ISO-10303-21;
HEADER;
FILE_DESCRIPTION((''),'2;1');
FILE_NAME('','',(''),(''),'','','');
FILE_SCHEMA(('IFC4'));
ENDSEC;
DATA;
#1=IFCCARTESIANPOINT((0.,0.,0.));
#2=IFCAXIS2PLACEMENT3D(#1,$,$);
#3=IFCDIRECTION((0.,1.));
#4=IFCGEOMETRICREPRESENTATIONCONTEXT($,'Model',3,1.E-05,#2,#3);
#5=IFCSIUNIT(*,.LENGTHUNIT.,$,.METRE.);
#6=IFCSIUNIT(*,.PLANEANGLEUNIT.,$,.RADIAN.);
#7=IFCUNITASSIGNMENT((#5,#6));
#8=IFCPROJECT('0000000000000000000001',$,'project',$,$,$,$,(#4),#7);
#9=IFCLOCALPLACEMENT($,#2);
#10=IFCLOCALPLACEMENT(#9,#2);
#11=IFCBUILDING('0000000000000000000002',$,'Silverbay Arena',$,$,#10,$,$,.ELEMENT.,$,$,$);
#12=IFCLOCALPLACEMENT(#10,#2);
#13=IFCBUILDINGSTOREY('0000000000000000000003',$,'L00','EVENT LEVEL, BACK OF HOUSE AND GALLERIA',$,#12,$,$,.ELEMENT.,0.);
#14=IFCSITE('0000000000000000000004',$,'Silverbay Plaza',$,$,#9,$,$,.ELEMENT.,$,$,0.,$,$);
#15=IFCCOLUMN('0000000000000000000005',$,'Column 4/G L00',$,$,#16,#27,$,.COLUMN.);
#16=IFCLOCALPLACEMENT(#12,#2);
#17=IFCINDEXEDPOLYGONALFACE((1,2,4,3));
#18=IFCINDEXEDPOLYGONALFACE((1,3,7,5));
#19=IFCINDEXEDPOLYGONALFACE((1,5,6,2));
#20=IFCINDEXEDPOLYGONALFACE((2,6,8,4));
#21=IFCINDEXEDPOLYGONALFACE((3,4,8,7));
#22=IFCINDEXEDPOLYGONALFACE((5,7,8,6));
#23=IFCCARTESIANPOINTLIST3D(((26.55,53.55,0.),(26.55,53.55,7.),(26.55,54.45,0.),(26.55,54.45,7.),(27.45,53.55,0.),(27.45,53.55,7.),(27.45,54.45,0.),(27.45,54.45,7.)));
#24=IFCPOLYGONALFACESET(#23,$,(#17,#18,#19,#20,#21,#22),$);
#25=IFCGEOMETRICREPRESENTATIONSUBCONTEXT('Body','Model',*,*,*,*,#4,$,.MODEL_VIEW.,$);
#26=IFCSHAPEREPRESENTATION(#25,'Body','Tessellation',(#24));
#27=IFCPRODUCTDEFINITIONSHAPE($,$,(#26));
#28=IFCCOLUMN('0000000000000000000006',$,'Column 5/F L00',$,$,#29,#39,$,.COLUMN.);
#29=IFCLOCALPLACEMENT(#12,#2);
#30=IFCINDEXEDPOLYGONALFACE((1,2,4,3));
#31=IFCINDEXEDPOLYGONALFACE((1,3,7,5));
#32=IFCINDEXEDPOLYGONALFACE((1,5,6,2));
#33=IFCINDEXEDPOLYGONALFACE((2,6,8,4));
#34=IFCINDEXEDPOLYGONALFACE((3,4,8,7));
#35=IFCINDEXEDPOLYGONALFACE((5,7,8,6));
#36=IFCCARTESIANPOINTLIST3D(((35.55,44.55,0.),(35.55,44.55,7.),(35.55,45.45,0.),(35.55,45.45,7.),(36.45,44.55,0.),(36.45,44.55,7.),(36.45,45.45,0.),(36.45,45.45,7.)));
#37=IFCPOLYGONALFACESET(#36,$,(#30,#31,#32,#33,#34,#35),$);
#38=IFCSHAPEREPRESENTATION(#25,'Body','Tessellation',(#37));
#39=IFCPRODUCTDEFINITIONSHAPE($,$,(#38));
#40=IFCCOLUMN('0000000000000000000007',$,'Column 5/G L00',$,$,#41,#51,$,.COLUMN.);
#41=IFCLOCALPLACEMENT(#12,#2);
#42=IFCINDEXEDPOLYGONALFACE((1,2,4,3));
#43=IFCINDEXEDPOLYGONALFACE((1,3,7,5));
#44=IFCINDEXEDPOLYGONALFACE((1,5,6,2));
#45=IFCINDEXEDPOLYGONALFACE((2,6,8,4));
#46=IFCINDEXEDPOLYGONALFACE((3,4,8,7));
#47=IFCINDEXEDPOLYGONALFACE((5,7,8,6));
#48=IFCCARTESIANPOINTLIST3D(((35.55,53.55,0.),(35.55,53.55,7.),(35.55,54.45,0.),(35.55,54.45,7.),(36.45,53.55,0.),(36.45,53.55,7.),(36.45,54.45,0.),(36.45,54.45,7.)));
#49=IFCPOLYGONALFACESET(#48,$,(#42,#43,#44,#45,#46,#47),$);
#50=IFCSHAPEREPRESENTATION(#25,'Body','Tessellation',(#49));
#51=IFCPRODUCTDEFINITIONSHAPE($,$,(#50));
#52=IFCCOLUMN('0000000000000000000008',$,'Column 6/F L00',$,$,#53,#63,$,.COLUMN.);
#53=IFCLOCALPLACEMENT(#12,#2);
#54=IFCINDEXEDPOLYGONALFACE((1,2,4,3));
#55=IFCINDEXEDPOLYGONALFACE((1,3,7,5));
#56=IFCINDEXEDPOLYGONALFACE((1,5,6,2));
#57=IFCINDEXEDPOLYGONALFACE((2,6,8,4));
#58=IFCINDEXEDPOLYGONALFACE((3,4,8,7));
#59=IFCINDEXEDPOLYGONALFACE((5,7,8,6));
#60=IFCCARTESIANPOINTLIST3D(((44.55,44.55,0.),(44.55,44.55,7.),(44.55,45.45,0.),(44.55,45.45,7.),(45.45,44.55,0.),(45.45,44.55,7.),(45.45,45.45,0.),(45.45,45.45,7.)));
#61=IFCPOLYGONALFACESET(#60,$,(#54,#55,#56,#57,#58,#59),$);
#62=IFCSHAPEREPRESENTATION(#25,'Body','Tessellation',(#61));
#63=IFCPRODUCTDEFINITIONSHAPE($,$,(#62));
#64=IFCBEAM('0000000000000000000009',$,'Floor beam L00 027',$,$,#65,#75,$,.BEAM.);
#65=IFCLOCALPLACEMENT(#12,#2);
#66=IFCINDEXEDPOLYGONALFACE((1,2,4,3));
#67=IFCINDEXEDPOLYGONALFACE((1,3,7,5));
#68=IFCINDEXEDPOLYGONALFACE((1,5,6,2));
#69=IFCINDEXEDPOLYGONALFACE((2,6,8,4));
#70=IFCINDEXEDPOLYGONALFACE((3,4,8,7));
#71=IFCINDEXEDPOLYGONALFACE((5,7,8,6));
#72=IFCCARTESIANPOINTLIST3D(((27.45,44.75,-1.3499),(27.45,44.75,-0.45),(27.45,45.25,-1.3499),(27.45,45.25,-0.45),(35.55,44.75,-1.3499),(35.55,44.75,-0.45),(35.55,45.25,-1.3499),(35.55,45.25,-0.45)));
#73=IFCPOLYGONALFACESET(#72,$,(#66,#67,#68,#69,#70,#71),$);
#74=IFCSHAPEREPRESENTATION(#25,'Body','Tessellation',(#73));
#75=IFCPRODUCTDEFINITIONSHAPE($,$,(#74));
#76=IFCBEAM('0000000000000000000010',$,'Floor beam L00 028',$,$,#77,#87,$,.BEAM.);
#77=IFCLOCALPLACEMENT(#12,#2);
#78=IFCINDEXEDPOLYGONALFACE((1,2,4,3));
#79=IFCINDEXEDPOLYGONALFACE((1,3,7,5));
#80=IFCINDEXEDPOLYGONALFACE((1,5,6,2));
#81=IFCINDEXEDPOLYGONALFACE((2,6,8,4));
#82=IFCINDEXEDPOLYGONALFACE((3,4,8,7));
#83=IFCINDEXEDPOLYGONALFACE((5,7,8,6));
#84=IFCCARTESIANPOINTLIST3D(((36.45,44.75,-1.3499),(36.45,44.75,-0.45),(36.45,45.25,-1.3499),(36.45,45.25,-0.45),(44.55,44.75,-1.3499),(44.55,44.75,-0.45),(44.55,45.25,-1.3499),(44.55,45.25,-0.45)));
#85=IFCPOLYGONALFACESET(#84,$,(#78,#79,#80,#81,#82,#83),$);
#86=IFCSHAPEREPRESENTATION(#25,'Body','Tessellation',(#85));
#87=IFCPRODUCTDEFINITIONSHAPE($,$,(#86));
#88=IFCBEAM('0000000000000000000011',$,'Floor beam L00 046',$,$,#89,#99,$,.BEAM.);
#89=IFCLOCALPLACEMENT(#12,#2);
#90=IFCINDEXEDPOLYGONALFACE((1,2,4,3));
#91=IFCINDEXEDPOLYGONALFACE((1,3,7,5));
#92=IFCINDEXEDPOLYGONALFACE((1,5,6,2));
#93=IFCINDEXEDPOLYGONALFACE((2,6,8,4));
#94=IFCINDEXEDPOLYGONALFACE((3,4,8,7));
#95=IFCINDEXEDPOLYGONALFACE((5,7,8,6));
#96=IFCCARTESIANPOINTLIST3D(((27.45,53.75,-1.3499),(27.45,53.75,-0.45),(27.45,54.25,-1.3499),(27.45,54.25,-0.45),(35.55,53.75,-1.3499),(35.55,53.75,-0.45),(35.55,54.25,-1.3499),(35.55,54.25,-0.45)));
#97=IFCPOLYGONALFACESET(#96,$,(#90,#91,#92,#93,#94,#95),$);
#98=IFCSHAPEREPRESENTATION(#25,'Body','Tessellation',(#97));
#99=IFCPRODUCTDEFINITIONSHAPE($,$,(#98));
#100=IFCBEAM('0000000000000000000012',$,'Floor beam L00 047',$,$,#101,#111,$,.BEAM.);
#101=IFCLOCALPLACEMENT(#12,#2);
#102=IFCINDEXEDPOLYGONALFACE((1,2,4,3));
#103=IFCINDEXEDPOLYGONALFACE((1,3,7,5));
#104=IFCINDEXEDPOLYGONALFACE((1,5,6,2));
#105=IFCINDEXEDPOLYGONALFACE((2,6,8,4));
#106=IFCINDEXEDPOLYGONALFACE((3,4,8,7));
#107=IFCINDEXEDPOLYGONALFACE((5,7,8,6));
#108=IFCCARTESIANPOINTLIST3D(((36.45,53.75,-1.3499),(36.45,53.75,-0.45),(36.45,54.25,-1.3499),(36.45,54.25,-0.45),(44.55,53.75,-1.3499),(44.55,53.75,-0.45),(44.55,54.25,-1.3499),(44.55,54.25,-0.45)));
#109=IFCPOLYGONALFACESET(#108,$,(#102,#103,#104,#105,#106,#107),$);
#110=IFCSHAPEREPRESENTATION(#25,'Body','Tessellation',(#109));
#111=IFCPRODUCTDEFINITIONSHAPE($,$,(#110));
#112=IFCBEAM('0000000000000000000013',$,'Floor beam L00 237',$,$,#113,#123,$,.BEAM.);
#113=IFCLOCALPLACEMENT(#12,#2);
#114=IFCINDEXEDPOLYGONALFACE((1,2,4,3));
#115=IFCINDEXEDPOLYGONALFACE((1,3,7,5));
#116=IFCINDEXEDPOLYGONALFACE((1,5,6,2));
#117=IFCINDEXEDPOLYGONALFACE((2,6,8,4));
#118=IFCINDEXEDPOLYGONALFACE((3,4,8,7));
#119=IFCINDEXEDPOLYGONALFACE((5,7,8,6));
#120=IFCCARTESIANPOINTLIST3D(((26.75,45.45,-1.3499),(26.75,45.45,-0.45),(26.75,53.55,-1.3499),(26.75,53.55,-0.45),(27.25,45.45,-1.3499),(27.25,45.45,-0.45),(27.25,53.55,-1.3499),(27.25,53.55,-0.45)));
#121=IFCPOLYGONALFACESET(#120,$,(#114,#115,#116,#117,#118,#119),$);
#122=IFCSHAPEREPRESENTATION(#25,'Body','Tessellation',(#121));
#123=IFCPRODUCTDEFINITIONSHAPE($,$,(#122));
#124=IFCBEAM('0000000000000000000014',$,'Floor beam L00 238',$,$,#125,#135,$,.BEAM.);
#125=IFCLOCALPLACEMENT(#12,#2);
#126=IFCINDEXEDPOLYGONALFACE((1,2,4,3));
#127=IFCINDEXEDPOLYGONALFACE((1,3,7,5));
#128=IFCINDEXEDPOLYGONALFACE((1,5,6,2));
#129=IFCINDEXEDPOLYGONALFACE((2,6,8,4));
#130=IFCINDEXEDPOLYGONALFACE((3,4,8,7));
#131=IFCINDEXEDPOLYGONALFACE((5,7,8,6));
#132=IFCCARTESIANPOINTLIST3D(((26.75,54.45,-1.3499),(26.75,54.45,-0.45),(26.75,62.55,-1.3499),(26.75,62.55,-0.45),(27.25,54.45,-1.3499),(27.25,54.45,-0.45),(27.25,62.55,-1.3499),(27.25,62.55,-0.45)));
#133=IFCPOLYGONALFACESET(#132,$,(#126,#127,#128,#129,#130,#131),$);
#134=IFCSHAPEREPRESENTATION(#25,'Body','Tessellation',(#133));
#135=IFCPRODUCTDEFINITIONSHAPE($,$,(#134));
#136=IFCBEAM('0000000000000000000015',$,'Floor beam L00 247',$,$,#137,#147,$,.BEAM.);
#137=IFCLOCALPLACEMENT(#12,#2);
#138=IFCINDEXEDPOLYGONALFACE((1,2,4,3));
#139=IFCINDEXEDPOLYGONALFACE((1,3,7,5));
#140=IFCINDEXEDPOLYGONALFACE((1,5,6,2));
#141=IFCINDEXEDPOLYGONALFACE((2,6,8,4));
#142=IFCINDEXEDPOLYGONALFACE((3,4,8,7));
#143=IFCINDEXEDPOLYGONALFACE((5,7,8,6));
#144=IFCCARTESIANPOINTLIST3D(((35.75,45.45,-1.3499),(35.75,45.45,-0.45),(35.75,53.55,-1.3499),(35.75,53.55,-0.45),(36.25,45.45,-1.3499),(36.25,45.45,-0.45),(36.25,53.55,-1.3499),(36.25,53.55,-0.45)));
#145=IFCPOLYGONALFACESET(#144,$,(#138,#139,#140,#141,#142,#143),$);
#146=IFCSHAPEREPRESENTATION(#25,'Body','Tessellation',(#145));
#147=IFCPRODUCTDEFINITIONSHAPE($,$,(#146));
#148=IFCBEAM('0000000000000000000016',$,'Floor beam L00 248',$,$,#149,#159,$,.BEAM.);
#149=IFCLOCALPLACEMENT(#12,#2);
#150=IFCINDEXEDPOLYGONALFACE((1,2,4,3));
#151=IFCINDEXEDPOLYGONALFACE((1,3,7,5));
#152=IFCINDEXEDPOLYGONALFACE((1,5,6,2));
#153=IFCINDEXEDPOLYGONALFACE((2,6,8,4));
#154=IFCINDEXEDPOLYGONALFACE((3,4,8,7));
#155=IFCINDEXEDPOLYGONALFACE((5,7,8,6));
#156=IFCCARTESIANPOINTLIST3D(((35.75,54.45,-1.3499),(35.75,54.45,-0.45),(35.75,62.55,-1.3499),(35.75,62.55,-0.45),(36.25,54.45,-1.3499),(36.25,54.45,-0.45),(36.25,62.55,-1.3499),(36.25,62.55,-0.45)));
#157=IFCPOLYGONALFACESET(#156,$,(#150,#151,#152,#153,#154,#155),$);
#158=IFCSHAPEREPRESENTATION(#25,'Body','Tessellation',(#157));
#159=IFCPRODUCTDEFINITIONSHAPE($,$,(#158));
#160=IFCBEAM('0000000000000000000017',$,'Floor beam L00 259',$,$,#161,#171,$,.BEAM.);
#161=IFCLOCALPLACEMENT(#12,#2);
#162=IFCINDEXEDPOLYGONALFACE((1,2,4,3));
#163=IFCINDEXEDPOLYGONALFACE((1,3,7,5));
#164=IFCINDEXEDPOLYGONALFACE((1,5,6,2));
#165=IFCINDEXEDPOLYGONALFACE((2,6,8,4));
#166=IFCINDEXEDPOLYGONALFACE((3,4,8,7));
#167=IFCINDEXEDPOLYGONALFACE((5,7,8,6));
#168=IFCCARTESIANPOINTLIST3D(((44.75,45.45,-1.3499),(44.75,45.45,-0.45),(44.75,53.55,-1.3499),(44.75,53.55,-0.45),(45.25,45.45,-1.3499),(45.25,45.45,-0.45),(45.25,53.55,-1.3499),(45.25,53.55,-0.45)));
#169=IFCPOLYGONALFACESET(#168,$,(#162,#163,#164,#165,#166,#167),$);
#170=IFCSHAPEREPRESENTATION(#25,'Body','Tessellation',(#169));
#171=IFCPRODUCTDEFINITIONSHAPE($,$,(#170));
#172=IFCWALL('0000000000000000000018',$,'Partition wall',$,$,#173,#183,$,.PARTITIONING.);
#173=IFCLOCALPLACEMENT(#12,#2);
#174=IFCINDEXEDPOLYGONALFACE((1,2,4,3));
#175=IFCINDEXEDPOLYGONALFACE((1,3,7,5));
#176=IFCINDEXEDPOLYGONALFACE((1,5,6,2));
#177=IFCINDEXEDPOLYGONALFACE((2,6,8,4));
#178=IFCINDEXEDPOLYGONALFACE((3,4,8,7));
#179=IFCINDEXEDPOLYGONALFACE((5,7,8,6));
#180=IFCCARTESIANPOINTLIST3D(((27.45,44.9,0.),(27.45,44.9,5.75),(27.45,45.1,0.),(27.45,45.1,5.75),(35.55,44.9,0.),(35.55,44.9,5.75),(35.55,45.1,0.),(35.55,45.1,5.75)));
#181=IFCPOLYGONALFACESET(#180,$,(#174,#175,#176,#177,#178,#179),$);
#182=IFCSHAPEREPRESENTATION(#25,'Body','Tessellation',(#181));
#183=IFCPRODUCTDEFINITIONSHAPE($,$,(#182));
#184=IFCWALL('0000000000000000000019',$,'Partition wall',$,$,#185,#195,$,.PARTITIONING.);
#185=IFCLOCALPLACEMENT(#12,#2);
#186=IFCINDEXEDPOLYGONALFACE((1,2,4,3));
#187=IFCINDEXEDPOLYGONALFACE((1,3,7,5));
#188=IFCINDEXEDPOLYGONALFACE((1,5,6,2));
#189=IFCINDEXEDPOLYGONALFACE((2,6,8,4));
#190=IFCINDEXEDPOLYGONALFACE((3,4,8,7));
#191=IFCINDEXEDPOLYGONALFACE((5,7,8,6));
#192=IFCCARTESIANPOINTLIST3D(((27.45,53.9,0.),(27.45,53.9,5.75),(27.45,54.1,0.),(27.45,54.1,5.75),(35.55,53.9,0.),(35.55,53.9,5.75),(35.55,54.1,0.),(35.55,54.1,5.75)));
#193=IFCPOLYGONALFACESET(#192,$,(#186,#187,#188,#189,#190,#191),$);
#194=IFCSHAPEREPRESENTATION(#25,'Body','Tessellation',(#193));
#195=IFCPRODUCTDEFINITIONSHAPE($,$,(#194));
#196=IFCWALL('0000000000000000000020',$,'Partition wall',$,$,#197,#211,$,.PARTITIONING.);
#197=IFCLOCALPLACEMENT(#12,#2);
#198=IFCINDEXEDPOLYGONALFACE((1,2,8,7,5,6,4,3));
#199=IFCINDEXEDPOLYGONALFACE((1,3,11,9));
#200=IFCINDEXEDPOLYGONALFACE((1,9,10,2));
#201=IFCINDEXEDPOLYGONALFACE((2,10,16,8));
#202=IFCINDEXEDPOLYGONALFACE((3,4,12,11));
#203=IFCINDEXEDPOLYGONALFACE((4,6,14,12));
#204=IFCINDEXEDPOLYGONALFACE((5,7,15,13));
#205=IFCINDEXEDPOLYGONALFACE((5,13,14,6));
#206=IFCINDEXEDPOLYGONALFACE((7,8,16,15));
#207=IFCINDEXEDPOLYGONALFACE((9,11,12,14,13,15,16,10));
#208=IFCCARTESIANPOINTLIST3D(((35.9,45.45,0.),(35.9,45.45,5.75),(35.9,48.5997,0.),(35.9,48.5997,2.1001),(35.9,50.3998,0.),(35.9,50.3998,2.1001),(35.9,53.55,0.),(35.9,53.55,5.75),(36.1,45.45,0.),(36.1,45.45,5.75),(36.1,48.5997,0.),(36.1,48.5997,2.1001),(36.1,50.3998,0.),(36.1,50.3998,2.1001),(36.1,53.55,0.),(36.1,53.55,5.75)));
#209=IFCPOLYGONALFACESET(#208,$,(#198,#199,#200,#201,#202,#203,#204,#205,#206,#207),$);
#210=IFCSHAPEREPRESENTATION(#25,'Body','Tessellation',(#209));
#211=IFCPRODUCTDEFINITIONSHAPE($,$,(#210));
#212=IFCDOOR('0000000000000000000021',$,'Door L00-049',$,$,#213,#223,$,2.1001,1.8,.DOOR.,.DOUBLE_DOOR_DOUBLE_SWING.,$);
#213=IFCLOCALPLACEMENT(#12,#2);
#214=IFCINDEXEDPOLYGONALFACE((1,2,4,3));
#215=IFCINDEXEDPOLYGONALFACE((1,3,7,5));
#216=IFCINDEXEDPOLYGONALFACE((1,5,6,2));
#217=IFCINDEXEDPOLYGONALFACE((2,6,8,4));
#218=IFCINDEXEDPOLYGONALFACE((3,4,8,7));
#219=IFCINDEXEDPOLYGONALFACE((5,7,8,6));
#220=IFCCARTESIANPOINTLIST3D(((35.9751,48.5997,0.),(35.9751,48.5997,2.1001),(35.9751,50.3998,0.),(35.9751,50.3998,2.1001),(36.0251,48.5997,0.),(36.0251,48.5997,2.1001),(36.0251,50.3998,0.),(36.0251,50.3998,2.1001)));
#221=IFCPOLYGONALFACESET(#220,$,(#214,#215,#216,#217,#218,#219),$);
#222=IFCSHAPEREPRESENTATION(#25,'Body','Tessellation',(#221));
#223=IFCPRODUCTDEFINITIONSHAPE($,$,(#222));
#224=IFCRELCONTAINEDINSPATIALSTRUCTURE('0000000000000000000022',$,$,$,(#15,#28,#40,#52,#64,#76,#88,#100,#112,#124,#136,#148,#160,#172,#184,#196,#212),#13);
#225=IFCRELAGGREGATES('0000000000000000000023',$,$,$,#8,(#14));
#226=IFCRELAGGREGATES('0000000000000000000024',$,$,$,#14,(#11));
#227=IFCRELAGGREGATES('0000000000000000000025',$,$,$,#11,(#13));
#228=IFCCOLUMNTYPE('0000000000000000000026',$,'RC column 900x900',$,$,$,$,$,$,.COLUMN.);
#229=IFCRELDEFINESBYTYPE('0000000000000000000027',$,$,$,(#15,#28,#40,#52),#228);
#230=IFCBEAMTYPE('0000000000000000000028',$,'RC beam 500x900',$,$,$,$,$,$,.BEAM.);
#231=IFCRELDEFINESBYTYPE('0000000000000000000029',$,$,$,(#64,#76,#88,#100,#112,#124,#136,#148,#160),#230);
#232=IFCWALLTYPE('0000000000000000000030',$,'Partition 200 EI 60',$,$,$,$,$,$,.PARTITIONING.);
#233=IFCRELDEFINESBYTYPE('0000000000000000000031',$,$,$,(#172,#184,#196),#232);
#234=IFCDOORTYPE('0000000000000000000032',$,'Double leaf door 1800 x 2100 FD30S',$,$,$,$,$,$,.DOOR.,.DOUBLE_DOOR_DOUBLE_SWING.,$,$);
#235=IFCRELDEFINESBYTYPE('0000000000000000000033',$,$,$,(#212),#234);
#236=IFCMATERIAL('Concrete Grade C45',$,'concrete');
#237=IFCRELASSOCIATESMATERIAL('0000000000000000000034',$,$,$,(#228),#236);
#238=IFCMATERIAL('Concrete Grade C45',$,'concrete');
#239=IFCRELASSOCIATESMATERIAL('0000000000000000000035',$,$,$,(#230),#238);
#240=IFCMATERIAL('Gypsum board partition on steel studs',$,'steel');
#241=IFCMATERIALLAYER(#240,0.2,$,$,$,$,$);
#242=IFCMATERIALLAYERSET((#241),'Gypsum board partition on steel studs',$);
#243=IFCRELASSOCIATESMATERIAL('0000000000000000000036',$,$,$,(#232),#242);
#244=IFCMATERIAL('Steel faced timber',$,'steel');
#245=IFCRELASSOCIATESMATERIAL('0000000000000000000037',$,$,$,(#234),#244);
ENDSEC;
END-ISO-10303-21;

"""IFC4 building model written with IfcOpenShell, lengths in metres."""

from ifc_helpers import new_model, si_unit, direction, frame, frame_2d, origin, origin_2d, place, context, subcontext, project, spatial, rectangle, extrude, material, layer, layer_set, material_profile, profile_set, type_object, element, fill, save


model = new_model("IFC4")

# Units and contexts
model_context = context("Model", 3, precision=1e-05, world=origin(), true_north=direction((0.0, 1.0)))
body_context = subcontext(model_context, "Body", "Model", "MODEL_VIEW")
ifc_project = project(units=[si_unit("LENGTHUNIT", "METRE"), si_unit("PLANEANGLEUNIT", "RADIAN")], contexts=[model_context])

# Site, building, storey
site_placement = place(None, origin())
site = spatial("IfcSite", under=ifc_project, at=site_placement, Name="Silverbay Plaza", CompositionType="ELEMENT", RefElevation=0.0)
building_placement = place(site_placement, origin())
building = spatial("IfcBuilding", under=site, at=building_placement, Name="Silverbay Arena", CompositionType="ELEMENT")
storey_placement = place(building_placement, origin())
storey = spatial("IfcBuildingStorey", under=building, at=storey_placement, Name="L00", Description="EVENT LEVEL, BACK OF HOUSE AND GALLERIA", CompositionType="ELEMENT", Elevation=0.0)

# Columns
ifc_material_1 = material(Name="Concrete Grade C45", Category="concrete")
ifc_material_profile_1 = material_profile(ifc_material_1, rectangle(XDim=0.8999, YDim=0.8999, at=origin_2d()), Name="RC 900x900")
ifc_profile_set_1 = profile_set([ifc_material_profile_1], Name="Concrete Grade C45")
column_type = type_object("IfcColumnType", Name="RC column 900x900", PredefinedType="COLUMN", material=ifc_profile_set_1)
for number, where, z_axis, x_axis, name in (
    (1, (27.0, 54.0, 0.0), (0.0, 0.0, 1.0), (1.0, 0.0, 0.0), "Column 4/G L00"),
    (2, (36.0, 45.0, 0.0), (0.0, 0.0, 1.0), (1.0, 0.0, 0.0), "Column 5/F L00"),
    (3, (36.0, 54.0, 0.0), (0.0, 0.0, 1.0), (1.0, 0.0, 0.0), "Column 5/G L00"),
    (4, (45.0, 45.0, 0.0), (0.0, 0.0, 1.0), (1.0, 0.0, 0.0), "Column 6/F L00"),
):
    element("IfcColumn", number, at=place(storey_placement, frame(where, z_axis=z_axis, x_axis=x_axis)), inside=storey, type_object=column_type, Name=name, PredefinedType="COLUMN", context=body_context, shape_type="SweptSolid", body=[
        extrude(rectangle(XDim=0.8999, YDim=0.8999, at=origin_2d()), origin(), (0.0, 0.0, 1.0), 7.0),
    ])

# Beams
ifc_material_2 = material(Name="Concrete Grade C45", Category="concrete")
ifc_material_profile_2 = material_profile(ifc_material_2, rectangle(XDim=0.5, YDim=0.8999, at=origin_2d()), Name="RC 500x900")
ifc_profile_set_2 = profile_set([ifc_material_profile_2], Name="Concrete Grade C45")
beam_type = type_object("IfcBeamType", Name="RC beam 500x900", PredefinedType="BEAM", material=ifc_profile_set_2)
for number, where, z_axis, x_axis, name in (
    (5, (27.45, 45.0, -0.8999), (1.0, 0.0, 0.0), (0.0, 1.0, 0.0), "Floor beam L00 027"),
    (6, (36.45, 45.0, -0.8999), (1.0, 0.0, 0.0), (0.0, 1.0, 0.0), "Floor beam L00 028"),
    (7, (27.45, 54.0, -0.8999), (1.0, 0.0, 0.0), (0.0, 1.0, 0.0), "Floor beam L00 046"),
    (8, (36.45, 54.0, -0.8999), (1.0, 0.0, 0.0), (0.0, 1.0, 0.0), "Floor beam L00 047"),
    (9, (27.0, 45.45, -0.8999), (0.0, 1.0, 0.0), (-1.0, 0.0, 0.0), "Floor beam L00 237"),
    (10, (27.0, 54.45, -0.8999), (0.0, 1.0, 0.0), (-1.0, 0.0, 0.0), "Floor beam L00 238"),
    (11, (36.0, 45.45, -0.8999), (0.0, 1.0, 0.0), (-1.0, 0.0, 0.0), "Floor beam L00 247"),
    (12, (36.0, 54.45, -0.8999), (0.0, 1.0, 0.0), (-1.0, 0.0, 0.0), "Floor beam L00 248"),
    (13, (45.0, 45.45, -0.8999), (0.0, 1.0, 0.0), (-1.0, 0.0, 0.0), "Floor beam L00 259"),
):
    element("IfcBeam", number, at=place(storey_placement, frame(where, z_axis=z_axis, x_axis=x_axis)), inside=storey, type_object=beam_type, Name=name, PredefinedType="BEAM", context=body_context, shape_type="SweptSolid", body=[
        extrude(rectangle(XDim=0.5, YDim=0.8999, at=origin_2d()), origin(), (0.0, 0.0, 1.0), 8.1001),
    ])

# Walls
ifc_material_3 = material(Name="Gypsum board partition on steel studs", Category="steel")
ifc_layer = layer(ifc_material_3, 0.2)
ifc_layer_set = layer_set([ifc_layer], Name="Gypsum board partition on steel studs")
wall_type = type_object("IfcWallType", Name="Partition 200 EI 60", PredefinedType="PARTITIONING", material=ifc_layer_set)
for number, where, z_axis, x_axis, name in (
    (14, (27.45, 45.0, 0.0), (0.0, 0.0, 1.0), (1.0, 0.0, 0.0), "Partition wall"),
    (15, (27.45, 54.0, 0.0), (0.0, 0.0, 1.0), (1.0, 0.0, 0.0), "Partition wall"),
):
    element("IfcWall", number, at=place(storey_placement, frame(where, z_axis=z_axis, x_axis=x_axis)), inside=storey, type_object=wall_type, Name=name, PredefinedType="PARTITIONING", context=body_context, shape_type="SweptSolid", body=[
        extrude(rectangle(XDim=8.1001, YDim=0.2, at=frame_2d((4.05, 0.0))), origin(), (0.0, 0.0, 1.0), 5.75),
    ])

# Wall, opening, door
wall_1_placement = place(storey_placement, frame((36.0, 45.45, 0.0), z_axis=(0.0, 0.0, 1.0), x_axis=(0.0, 1.0, 0.0)))
wall_1 = element("IfcWall", 16, at=wall_1_placement, inside=storey, type_object=wall_type, Name="Partition wall", PredefinedType="PARTITIONING", context=body_context, shape_type="SweptSolid", body=[
    extrude(rectangle(XDim=8.1001, YDim=0.2, at=frame_2d((4.05, 0.0))), origin(), (0.0, 0.0, 1.0), 5.75),
])
opening_1_placement = place(wall_1_placement, frame((3.1499, 0.0, 0.0)))
opening_1 = element("IfcOpeningElement", 17, at=opening_1_placement, cuts=wall_1, PredefinedType="OPENING", context=body_context, shape_type="SweptSolid", body=[
    extrude(rectangle(XDim=1.8, YDim=2.1001, at=frame_2d((0.8999, 1.05))), frame((0.0, 0.1099, 0.0), z_axis=(0.0, -1.0, 0.0), x_axis=(1.0, 0.0, 0.0)), (0.0, 0.0, 1.0), 0.22),
])
ifc_material_4 = material(Name="Steel faced timber", Category="steel")
door_type = type_object("IfcDoorType", Name="Double leaf door 1800 x 2100 FD30S", OperationType="DOUBLE_DOOR_DOUBLE_SWING", PredefinedType="DOOR", material=ifc_material_4)
door_1_placement = place(opening_1_placement, origin())
door_1 = element("IfcDoor", 18, at=door_1_placement, inside=storey, type_object=door_type, Name="Door L00-049", OperationType="DOUBLE_DOOR_DOUBLE_SWING", OverallHeight=2.1001, OverallWidth=1.8, PredefinedType="DOOR", context=body_context, shape_type="SweptSolid", body=[
    extrude(rectangle(XDim=1.8, YDim=2.1001, at=frame_2d((0.8999, 1.05))), frame((0.0, 0.0249, 0.0), z_axis=(0.0, -1.0, 0.0), x_axis=(1.0, 0.0, 0.0)), (0.0, 0.0, 1.0), 0.05),
])
fill(opening_1, door_1)

save(model, "model.ifc")
